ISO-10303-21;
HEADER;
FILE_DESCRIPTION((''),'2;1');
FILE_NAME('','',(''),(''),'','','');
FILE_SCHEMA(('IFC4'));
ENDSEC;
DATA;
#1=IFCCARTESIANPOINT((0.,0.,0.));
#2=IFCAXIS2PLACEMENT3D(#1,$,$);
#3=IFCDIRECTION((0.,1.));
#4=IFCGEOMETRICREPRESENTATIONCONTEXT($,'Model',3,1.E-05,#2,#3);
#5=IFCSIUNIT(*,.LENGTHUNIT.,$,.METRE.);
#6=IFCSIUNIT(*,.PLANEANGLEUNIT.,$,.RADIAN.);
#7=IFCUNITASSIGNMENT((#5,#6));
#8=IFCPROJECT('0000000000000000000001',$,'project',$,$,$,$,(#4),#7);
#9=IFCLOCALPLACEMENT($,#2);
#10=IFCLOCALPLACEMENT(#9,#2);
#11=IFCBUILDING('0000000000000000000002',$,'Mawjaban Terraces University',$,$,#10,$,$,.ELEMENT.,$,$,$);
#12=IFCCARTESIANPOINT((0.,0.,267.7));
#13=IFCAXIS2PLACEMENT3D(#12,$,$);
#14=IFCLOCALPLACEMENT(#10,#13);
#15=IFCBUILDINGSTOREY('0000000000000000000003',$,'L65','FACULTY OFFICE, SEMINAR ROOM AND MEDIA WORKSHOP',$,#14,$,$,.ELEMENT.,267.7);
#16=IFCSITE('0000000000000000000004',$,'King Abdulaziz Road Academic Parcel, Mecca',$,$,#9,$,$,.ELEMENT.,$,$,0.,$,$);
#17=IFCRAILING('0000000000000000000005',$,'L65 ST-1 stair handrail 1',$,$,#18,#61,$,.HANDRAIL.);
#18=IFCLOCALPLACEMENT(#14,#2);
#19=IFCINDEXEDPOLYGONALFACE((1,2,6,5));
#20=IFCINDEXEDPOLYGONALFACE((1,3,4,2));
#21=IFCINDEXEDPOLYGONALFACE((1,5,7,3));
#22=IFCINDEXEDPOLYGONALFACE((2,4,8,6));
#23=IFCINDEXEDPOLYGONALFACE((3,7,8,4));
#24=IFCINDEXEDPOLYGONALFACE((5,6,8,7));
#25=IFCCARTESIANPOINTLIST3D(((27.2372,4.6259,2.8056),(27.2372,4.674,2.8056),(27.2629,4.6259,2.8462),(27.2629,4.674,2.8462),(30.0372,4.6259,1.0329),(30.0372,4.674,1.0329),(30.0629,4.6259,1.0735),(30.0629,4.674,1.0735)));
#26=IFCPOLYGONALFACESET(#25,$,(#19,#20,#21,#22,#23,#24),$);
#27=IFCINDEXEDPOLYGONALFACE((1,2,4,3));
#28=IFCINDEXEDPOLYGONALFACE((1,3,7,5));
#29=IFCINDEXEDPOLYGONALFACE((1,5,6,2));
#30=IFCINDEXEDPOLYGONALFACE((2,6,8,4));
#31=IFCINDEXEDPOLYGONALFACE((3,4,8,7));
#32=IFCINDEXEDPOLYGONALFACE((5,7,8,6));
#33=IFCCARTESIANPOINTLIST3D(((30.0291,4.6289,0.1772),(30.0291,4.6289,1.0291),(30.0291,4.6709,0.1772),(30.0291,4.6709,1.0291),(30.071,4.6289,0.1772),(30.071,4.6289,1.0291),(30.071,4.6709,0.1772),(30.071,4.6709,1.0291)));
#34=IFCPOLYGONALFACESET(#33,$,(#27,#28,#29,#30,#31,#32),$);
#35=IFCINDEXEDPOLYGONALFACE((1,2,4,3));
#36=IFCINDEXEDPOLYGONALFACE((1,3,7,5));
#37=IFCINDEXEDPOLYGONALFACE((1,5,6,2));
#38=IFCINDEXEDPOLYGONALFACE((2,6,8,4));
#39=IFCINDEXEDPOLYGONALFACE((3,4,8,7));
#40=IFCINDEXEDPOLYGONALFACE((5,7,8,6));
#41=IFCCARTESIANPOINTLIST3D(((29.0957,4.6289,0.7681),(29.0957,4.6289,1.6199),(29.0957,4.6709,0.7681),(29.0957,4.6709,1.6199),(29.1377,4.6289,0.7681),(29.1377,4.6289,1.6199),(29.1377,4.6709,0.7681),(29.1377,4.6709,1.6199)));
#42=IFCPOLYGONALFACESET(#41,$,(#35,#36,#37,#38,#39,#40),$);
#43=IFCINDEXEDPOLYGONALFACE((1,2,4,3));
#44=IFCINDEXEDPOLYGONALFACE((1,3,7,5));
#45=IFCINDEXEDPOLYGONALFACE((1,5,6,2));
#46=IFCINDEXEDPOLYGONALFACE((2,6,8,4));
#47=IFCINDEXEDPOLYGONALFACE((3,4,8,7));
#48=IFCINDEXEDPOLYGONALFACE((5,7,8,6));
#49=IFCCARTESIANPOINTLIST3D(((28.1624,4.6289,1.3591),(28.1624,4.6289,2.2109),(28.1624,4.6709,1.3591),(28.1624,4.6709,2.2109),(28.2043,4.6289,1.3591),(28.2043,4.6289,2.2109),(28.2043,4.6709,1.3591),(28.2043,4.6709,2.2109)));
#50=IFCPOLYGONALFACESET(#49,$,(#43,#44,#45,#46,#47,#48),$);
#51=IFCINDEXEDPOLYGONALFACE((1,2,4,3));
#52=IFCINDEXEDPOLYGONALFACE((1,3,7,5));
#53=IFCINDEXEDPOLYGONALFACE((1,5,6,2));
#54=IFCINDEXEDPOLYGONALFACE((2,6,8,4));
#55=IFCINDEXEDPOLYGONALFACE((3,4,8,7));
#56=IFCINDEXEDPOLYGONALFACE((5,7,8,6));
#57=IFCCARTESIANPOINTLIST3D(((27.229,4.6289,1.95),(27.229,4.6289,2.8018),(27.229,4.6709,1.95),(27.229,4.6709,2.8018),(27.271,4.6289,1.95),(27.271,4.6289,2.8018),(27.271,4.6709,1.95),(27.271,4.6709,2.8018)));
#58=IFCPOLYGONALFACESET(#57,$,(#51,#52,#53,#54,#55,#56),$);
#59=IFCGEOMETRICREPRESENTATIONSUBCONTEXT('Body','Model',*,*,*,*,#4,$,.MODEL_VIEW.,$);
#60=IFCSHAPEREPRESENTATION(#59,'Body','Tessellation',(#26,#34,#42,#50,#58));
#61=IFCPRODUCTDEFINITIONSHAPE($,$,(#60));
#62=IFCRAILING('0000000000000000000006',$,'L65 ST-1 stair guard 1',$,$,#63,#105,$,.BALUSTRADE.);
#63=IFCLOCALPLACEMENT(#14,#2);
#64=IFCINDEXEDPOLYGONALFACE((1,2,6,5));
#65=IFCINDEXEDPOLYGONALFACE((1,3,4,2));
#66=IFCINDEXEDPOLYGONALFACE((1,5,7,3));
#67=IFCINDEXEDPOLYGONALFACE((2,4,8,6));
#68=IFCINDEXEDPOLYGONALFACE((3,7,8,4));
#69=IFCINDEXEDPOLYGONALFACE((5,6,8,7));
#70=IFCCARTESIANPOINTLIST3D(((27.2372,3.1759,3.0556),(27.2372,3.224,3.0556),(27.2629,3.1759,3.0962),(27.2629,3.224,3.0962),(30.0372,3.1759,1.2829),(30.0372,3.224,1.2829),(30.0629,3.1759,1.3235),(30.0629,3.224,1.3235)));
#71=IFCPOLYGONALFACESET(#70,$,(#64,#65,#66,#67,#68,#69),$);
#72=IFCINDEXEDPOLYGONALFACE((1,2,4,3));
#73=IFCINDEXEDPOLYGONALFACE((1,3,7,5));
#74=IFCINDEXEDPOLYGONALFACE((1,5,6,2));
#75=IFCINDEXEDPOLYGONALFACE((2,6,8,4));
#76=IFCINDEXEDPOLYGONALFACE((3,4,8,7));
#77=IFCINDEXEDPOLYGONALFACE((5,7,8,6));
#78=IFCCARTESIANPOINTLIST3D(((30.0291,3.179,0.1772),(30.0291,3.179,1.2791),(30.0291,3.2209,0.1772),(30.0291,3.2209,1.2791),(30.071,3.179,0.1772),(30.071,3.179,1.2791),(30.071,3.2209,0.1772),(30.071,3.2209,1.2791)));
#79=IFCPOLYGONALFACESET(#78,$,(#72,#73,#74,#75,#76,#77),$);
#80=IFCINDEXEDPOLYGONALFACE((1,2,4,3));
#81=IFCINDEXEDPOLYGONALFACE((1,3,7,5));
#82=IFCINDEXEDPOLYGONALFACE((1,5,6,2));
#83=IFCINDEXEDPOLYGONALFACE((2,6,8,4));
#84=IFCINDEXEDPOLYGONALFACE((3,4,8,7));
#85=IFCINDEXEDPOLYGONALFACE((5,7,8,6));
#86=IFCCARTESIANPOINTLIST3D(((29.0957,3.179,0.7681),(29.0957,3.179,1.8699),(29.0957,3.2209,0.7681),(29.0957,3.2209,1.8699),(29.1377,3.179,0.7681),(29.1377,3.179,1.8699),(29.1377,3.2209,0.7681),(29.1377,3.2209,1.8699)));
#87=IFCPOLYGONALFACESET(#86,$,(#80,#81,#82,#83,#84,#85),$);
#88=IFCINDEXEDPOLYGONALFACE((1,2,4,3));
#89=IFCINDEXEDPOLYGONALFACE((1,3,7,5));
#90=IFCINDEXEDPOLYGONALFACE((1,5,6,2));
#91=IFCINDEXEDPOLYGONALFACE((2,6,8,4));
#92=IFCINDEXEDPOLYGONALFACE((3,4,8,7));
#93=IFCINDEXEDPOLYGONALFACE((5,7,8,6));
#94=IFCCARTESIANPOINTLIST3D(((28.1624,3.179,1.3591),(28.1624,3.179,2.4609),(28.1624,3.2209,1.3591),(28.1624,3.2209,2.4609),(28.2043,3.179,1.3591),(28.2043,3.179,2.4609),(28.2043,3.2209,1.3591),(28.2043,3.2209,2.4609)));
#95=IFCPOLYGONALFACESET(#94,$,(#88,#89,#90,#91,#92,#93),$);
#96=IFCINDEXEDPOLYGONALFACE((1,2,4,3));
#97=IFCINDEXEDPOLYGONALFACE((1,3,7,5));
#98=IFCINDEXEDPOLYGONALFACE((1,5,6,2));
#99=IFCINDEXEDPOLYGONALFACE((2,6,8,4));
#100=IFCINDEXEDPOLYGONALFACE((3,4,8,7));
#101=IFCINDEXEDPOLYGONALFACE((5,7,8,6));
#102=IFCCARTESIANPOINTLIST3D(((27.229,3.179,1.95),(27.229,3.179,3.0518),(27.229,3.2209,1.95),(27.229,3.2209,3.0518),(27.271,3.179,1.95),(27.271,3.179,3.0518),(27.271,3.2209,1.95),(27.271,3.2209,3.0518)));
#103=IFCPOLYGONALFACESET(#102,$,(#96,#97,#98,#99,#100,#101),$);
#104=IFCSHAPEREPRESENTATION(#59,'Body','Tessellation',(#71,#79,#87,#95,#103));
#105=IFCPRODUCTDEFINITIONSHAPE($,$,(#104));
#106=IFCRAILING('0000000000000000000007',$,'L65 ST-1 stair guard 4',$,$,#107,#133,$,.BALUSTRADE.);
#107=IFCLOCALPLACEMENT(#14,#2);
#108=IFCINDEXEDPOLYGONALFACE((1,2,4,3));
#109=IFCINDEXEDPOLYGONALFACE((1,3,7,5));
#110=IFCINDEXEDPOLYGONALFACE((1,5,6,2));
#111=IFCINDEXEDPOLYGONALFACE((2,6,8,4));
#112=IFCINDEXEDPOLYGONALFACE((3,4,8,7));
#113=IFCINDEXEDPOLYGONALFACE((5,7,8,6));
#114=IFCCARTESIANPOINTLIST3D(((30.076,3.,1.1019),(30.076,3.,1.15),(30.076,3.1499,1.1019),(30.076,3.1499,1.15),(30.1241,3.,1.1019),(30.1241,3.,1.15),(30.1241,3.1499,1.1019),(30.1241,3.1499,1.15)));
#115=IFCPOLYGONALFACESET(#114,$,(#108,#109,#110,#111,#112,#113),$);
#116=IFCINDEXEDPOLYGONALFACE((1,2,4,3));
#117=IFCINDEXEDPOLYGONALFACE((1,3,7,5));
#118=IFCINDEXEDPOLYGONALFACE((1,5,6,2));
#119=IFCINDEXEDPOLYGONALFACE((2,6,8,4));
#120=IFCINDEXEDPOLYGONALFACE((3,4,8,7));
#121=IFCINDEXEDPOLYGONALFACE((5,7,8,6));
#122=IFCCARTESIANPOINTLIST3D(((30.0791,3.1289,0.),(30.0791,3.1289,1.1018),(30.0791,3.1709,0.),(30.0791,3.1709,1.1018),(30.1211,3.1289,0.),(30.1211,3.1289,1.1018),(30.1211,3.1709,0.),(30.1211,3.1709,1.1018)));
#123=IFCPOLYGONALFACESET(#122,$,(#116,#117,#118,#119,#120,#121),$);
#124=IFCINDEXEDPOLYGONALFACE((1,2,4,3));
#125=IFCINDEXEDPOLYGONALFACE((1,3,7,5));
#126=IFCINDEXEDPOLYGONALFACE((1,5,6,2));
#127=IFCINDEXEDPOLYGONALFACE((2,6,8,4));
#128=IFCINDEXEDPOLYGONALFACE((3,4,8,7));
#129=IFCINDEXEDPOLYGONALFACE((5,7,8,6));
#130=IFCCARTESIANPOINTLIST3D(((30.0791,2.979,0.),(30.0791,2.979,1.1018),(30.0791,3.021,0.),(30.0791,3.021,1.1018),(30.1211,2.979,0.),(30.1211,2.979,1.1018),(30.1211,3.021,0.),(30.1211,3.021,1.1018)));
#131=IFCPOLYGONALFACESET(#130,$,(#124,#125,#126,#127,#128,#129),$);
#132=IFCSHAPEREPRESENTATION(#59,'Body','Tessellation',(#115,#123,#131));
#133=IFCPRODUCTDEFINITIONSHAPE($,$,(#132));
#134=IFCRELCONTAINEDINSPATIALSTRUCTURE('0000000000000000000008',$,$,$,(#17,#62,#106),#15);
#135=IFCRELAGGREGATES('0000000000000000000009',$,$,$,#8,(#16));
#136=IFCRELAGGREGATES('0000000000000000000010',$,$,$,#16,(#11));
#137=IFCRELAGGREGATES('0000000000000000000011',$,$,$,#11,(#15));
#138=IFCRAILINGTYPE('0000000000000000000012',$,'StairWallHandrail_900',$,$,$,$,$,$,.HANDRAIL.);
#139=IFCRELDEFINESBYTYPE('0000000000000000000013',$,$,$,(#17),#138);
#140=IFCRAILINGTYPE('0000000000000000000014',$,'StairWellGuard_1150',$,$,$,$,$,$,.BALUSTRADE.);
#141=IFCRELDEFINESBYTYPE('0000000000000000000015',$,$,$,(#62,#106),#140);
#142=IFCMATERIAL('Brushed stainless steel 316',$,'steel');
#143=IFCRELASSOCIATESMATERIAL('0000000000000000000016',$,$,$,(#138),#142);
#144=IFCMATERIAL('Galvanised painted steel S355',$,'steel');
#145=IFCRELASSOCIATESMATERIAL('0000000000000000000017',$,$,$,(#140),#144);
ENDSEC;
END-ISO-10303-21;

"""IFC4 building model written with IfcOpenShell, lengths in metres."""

from ifc_helpers import new_model, si_unit, direction, frame, origin, origin_2d, place, context, subcontext, project, spatial, rectangle, extrude, material, type_object, element, save


model = new_model("IFC4")

# Units and contexts
model_context = context("Model", 3, precision=1e-05, world=origin(), true_north=direction((0.0, 1.0)))
body_context = subcontext(model_context, "Body", "Model", "MODEL_VIEW")
ifc_project = project(units=[si_unit("LENGTHUNIT", "METRE"), si_unit("PLANEANGLEUNIT", "RADIAN")], contexts=[model_context])

# Site, building, storey
site_placement = place(None, origin())
site = spatial("IfcSite", under=ifc_project, at=site_placement, Name="King Abdulaziz Road Academic Parcel, Mecca", CompositionType="ELEMENT", RefElevation=0.0)
building_placement = place(site_placement, origin())
building = spatial("IfcBuilding", under=site, at=building_placement, Name="Mawjaban Terraces University", CompositionType="ELEMENT")
storey_placement = place(building_placement, frame((0.0, 0.0, 267.7)))
storey = spatial("IfcBuildingStorey", under=building, at=storey_placement, Name="L65", Description="FACULTY OFFICE, SEMINAR ROOM AND MEDIA WORKSHOP", CompositionType="ELEMENT", Elevation=267.7)

# Railings
ifc_material_1 = material(Name="Brushed stainless steel 316", Category="steel")
railing_type_1 = type_object("IfcRailingType", Name="StairWallHandrail_900", PredefinedType="HANDRAIL", material=ifc_material_1)
railing_1_placement = place(storey_placement, frame((30.05, 4.6499, 0.1772)))
element("IfcRailing", 1, at=railing_1_placement, inside=storey, type_object=railing_type_1, Name="L65 ST-1 stair handrail 1", PredefinedType="HANDRAIL", context=body_context, shape_type="SweptSolid", body=[
    extrude(rectangle(XDim=0.0481, YDim=0.0481, at=origin_2d()), frame((0.0, 0.0, 0.876), z_axis=(-0.844909, 0.0, 0.53491), x_axis=(0.0, -1.0, 0.0)), (0.0, 0.0, 1.0), 3.314),
    extrude(rectangle(XDim=0.042, YDim=0.042, at=origin_2d()), origin(), (0.0, 0.0, 1.0), 0.8518),
    extrude(rectangle(XDim=0.042, YDim=0.042, at=origin_2d()), frame((-0.9333, 0.0, 0.5908)), (0.0, 0.0, 1.0), 0.8518),
    extrude(rectangle(XDim=0.042, YDim=0.042, at=origin_2d()), frame((-1.8667, 0.0, 1.1819)), (0.0, 0.0, 1.0), 0.8518),
    extrude(rectangle(XDim=0.042, YDim=0.042, at=origin_2d()), frame((-2.8, 0.0, 1.7727)), (0.0, 0.0, 1.0), 0.8518),
])
ifc_material_2 = material(Name="Galvanised painted steel S355", Category="steel")
railing_type_2 = type_object("IfcRailingType", Name="StairWellGuard_1150", PredefinedType="BALUSTRADE", material=ifc_material_2)
railing_2_placement = place(storey_placement, frame((30.05, 3.2, 0.1772)))
element("IfcRailing", 2, at=railing_2_placement, inside=storey, type_object=railing_type_2, Name="L65 ST-1 stair guard 1", PredefinedType="BALUSTRADE", context=body_context, shape_type="SweptSolid", body=[
    extrude(rectangle(XDim=0.0481, YDim=0.0481, at=origin_2d()), frame((0.0, 0.0, 1.126), z_axis=(-0.844909, 0.0, 0.53491), x_axis=(0.0, -1.0, 0.0)), (0.0, 0.0, 1.0), 3.314),
    extrude(rectangle(XDim=0.042, YDim=0.042, at=origin_2d()), origin(), (0.0, 0.0, 1.0), 1.1018),
    extrude(rectangle(XDim=0.042, YDim=0.042, at=origin_2d()), frame((-0.9333, 0.0, 0.5908)), (0.0, 0.0, 1.0), 1.1018),
    extrude(rectangle(XDim=0.042, YDim=0.042, at=origin_2d()), frame((-1.8667, 0.0, 1.1819)), (0.0, 0.0, 1.0), 1.1018),
    extrude(rectangle(XDim=0.042, YDim=0.042, at=origin_2d()), frame((-2.8, 0.0, 1.7727)), (0.0, 0.0, 1.0), 1.1018),
])
railing_3_placement = place(storey_placement, frame((30.1001, 3.1499, 0.0)))
element("IfcRailing", 3, at=railing_3_placement, inside=storey, type_object=railing_type_2, Name="L65 ST-1 stair guard 4", PredefinedType="BALUSTRADE", context=body_context, shape_type="SweptSolid", body=[
    extrude(rectangle(XDim=0.0481, YDim=0.0481, at=origin_2d()), frame((0.0, 0.0, 1.126), z_axis=(0.0, -1.0, 0.0), x_axis=(1.0, 0.0, 0.0)), (0.0, 0.0, 1.0), 0.1499),
    extrude(rectangle(XDim=0.042, YDim=0.042, at=origin_2d()), origin(), (0.0, 0.0, 1.0), 1.1018),
    extrude(rectangle(XDim=0.042, YDim=0.042, at=origin_2d()), frame((0.0, -0.1499, 0.0)), (0.0, 0.0, 1.0), 1.1018),
])

save(model, "model.ifc")
